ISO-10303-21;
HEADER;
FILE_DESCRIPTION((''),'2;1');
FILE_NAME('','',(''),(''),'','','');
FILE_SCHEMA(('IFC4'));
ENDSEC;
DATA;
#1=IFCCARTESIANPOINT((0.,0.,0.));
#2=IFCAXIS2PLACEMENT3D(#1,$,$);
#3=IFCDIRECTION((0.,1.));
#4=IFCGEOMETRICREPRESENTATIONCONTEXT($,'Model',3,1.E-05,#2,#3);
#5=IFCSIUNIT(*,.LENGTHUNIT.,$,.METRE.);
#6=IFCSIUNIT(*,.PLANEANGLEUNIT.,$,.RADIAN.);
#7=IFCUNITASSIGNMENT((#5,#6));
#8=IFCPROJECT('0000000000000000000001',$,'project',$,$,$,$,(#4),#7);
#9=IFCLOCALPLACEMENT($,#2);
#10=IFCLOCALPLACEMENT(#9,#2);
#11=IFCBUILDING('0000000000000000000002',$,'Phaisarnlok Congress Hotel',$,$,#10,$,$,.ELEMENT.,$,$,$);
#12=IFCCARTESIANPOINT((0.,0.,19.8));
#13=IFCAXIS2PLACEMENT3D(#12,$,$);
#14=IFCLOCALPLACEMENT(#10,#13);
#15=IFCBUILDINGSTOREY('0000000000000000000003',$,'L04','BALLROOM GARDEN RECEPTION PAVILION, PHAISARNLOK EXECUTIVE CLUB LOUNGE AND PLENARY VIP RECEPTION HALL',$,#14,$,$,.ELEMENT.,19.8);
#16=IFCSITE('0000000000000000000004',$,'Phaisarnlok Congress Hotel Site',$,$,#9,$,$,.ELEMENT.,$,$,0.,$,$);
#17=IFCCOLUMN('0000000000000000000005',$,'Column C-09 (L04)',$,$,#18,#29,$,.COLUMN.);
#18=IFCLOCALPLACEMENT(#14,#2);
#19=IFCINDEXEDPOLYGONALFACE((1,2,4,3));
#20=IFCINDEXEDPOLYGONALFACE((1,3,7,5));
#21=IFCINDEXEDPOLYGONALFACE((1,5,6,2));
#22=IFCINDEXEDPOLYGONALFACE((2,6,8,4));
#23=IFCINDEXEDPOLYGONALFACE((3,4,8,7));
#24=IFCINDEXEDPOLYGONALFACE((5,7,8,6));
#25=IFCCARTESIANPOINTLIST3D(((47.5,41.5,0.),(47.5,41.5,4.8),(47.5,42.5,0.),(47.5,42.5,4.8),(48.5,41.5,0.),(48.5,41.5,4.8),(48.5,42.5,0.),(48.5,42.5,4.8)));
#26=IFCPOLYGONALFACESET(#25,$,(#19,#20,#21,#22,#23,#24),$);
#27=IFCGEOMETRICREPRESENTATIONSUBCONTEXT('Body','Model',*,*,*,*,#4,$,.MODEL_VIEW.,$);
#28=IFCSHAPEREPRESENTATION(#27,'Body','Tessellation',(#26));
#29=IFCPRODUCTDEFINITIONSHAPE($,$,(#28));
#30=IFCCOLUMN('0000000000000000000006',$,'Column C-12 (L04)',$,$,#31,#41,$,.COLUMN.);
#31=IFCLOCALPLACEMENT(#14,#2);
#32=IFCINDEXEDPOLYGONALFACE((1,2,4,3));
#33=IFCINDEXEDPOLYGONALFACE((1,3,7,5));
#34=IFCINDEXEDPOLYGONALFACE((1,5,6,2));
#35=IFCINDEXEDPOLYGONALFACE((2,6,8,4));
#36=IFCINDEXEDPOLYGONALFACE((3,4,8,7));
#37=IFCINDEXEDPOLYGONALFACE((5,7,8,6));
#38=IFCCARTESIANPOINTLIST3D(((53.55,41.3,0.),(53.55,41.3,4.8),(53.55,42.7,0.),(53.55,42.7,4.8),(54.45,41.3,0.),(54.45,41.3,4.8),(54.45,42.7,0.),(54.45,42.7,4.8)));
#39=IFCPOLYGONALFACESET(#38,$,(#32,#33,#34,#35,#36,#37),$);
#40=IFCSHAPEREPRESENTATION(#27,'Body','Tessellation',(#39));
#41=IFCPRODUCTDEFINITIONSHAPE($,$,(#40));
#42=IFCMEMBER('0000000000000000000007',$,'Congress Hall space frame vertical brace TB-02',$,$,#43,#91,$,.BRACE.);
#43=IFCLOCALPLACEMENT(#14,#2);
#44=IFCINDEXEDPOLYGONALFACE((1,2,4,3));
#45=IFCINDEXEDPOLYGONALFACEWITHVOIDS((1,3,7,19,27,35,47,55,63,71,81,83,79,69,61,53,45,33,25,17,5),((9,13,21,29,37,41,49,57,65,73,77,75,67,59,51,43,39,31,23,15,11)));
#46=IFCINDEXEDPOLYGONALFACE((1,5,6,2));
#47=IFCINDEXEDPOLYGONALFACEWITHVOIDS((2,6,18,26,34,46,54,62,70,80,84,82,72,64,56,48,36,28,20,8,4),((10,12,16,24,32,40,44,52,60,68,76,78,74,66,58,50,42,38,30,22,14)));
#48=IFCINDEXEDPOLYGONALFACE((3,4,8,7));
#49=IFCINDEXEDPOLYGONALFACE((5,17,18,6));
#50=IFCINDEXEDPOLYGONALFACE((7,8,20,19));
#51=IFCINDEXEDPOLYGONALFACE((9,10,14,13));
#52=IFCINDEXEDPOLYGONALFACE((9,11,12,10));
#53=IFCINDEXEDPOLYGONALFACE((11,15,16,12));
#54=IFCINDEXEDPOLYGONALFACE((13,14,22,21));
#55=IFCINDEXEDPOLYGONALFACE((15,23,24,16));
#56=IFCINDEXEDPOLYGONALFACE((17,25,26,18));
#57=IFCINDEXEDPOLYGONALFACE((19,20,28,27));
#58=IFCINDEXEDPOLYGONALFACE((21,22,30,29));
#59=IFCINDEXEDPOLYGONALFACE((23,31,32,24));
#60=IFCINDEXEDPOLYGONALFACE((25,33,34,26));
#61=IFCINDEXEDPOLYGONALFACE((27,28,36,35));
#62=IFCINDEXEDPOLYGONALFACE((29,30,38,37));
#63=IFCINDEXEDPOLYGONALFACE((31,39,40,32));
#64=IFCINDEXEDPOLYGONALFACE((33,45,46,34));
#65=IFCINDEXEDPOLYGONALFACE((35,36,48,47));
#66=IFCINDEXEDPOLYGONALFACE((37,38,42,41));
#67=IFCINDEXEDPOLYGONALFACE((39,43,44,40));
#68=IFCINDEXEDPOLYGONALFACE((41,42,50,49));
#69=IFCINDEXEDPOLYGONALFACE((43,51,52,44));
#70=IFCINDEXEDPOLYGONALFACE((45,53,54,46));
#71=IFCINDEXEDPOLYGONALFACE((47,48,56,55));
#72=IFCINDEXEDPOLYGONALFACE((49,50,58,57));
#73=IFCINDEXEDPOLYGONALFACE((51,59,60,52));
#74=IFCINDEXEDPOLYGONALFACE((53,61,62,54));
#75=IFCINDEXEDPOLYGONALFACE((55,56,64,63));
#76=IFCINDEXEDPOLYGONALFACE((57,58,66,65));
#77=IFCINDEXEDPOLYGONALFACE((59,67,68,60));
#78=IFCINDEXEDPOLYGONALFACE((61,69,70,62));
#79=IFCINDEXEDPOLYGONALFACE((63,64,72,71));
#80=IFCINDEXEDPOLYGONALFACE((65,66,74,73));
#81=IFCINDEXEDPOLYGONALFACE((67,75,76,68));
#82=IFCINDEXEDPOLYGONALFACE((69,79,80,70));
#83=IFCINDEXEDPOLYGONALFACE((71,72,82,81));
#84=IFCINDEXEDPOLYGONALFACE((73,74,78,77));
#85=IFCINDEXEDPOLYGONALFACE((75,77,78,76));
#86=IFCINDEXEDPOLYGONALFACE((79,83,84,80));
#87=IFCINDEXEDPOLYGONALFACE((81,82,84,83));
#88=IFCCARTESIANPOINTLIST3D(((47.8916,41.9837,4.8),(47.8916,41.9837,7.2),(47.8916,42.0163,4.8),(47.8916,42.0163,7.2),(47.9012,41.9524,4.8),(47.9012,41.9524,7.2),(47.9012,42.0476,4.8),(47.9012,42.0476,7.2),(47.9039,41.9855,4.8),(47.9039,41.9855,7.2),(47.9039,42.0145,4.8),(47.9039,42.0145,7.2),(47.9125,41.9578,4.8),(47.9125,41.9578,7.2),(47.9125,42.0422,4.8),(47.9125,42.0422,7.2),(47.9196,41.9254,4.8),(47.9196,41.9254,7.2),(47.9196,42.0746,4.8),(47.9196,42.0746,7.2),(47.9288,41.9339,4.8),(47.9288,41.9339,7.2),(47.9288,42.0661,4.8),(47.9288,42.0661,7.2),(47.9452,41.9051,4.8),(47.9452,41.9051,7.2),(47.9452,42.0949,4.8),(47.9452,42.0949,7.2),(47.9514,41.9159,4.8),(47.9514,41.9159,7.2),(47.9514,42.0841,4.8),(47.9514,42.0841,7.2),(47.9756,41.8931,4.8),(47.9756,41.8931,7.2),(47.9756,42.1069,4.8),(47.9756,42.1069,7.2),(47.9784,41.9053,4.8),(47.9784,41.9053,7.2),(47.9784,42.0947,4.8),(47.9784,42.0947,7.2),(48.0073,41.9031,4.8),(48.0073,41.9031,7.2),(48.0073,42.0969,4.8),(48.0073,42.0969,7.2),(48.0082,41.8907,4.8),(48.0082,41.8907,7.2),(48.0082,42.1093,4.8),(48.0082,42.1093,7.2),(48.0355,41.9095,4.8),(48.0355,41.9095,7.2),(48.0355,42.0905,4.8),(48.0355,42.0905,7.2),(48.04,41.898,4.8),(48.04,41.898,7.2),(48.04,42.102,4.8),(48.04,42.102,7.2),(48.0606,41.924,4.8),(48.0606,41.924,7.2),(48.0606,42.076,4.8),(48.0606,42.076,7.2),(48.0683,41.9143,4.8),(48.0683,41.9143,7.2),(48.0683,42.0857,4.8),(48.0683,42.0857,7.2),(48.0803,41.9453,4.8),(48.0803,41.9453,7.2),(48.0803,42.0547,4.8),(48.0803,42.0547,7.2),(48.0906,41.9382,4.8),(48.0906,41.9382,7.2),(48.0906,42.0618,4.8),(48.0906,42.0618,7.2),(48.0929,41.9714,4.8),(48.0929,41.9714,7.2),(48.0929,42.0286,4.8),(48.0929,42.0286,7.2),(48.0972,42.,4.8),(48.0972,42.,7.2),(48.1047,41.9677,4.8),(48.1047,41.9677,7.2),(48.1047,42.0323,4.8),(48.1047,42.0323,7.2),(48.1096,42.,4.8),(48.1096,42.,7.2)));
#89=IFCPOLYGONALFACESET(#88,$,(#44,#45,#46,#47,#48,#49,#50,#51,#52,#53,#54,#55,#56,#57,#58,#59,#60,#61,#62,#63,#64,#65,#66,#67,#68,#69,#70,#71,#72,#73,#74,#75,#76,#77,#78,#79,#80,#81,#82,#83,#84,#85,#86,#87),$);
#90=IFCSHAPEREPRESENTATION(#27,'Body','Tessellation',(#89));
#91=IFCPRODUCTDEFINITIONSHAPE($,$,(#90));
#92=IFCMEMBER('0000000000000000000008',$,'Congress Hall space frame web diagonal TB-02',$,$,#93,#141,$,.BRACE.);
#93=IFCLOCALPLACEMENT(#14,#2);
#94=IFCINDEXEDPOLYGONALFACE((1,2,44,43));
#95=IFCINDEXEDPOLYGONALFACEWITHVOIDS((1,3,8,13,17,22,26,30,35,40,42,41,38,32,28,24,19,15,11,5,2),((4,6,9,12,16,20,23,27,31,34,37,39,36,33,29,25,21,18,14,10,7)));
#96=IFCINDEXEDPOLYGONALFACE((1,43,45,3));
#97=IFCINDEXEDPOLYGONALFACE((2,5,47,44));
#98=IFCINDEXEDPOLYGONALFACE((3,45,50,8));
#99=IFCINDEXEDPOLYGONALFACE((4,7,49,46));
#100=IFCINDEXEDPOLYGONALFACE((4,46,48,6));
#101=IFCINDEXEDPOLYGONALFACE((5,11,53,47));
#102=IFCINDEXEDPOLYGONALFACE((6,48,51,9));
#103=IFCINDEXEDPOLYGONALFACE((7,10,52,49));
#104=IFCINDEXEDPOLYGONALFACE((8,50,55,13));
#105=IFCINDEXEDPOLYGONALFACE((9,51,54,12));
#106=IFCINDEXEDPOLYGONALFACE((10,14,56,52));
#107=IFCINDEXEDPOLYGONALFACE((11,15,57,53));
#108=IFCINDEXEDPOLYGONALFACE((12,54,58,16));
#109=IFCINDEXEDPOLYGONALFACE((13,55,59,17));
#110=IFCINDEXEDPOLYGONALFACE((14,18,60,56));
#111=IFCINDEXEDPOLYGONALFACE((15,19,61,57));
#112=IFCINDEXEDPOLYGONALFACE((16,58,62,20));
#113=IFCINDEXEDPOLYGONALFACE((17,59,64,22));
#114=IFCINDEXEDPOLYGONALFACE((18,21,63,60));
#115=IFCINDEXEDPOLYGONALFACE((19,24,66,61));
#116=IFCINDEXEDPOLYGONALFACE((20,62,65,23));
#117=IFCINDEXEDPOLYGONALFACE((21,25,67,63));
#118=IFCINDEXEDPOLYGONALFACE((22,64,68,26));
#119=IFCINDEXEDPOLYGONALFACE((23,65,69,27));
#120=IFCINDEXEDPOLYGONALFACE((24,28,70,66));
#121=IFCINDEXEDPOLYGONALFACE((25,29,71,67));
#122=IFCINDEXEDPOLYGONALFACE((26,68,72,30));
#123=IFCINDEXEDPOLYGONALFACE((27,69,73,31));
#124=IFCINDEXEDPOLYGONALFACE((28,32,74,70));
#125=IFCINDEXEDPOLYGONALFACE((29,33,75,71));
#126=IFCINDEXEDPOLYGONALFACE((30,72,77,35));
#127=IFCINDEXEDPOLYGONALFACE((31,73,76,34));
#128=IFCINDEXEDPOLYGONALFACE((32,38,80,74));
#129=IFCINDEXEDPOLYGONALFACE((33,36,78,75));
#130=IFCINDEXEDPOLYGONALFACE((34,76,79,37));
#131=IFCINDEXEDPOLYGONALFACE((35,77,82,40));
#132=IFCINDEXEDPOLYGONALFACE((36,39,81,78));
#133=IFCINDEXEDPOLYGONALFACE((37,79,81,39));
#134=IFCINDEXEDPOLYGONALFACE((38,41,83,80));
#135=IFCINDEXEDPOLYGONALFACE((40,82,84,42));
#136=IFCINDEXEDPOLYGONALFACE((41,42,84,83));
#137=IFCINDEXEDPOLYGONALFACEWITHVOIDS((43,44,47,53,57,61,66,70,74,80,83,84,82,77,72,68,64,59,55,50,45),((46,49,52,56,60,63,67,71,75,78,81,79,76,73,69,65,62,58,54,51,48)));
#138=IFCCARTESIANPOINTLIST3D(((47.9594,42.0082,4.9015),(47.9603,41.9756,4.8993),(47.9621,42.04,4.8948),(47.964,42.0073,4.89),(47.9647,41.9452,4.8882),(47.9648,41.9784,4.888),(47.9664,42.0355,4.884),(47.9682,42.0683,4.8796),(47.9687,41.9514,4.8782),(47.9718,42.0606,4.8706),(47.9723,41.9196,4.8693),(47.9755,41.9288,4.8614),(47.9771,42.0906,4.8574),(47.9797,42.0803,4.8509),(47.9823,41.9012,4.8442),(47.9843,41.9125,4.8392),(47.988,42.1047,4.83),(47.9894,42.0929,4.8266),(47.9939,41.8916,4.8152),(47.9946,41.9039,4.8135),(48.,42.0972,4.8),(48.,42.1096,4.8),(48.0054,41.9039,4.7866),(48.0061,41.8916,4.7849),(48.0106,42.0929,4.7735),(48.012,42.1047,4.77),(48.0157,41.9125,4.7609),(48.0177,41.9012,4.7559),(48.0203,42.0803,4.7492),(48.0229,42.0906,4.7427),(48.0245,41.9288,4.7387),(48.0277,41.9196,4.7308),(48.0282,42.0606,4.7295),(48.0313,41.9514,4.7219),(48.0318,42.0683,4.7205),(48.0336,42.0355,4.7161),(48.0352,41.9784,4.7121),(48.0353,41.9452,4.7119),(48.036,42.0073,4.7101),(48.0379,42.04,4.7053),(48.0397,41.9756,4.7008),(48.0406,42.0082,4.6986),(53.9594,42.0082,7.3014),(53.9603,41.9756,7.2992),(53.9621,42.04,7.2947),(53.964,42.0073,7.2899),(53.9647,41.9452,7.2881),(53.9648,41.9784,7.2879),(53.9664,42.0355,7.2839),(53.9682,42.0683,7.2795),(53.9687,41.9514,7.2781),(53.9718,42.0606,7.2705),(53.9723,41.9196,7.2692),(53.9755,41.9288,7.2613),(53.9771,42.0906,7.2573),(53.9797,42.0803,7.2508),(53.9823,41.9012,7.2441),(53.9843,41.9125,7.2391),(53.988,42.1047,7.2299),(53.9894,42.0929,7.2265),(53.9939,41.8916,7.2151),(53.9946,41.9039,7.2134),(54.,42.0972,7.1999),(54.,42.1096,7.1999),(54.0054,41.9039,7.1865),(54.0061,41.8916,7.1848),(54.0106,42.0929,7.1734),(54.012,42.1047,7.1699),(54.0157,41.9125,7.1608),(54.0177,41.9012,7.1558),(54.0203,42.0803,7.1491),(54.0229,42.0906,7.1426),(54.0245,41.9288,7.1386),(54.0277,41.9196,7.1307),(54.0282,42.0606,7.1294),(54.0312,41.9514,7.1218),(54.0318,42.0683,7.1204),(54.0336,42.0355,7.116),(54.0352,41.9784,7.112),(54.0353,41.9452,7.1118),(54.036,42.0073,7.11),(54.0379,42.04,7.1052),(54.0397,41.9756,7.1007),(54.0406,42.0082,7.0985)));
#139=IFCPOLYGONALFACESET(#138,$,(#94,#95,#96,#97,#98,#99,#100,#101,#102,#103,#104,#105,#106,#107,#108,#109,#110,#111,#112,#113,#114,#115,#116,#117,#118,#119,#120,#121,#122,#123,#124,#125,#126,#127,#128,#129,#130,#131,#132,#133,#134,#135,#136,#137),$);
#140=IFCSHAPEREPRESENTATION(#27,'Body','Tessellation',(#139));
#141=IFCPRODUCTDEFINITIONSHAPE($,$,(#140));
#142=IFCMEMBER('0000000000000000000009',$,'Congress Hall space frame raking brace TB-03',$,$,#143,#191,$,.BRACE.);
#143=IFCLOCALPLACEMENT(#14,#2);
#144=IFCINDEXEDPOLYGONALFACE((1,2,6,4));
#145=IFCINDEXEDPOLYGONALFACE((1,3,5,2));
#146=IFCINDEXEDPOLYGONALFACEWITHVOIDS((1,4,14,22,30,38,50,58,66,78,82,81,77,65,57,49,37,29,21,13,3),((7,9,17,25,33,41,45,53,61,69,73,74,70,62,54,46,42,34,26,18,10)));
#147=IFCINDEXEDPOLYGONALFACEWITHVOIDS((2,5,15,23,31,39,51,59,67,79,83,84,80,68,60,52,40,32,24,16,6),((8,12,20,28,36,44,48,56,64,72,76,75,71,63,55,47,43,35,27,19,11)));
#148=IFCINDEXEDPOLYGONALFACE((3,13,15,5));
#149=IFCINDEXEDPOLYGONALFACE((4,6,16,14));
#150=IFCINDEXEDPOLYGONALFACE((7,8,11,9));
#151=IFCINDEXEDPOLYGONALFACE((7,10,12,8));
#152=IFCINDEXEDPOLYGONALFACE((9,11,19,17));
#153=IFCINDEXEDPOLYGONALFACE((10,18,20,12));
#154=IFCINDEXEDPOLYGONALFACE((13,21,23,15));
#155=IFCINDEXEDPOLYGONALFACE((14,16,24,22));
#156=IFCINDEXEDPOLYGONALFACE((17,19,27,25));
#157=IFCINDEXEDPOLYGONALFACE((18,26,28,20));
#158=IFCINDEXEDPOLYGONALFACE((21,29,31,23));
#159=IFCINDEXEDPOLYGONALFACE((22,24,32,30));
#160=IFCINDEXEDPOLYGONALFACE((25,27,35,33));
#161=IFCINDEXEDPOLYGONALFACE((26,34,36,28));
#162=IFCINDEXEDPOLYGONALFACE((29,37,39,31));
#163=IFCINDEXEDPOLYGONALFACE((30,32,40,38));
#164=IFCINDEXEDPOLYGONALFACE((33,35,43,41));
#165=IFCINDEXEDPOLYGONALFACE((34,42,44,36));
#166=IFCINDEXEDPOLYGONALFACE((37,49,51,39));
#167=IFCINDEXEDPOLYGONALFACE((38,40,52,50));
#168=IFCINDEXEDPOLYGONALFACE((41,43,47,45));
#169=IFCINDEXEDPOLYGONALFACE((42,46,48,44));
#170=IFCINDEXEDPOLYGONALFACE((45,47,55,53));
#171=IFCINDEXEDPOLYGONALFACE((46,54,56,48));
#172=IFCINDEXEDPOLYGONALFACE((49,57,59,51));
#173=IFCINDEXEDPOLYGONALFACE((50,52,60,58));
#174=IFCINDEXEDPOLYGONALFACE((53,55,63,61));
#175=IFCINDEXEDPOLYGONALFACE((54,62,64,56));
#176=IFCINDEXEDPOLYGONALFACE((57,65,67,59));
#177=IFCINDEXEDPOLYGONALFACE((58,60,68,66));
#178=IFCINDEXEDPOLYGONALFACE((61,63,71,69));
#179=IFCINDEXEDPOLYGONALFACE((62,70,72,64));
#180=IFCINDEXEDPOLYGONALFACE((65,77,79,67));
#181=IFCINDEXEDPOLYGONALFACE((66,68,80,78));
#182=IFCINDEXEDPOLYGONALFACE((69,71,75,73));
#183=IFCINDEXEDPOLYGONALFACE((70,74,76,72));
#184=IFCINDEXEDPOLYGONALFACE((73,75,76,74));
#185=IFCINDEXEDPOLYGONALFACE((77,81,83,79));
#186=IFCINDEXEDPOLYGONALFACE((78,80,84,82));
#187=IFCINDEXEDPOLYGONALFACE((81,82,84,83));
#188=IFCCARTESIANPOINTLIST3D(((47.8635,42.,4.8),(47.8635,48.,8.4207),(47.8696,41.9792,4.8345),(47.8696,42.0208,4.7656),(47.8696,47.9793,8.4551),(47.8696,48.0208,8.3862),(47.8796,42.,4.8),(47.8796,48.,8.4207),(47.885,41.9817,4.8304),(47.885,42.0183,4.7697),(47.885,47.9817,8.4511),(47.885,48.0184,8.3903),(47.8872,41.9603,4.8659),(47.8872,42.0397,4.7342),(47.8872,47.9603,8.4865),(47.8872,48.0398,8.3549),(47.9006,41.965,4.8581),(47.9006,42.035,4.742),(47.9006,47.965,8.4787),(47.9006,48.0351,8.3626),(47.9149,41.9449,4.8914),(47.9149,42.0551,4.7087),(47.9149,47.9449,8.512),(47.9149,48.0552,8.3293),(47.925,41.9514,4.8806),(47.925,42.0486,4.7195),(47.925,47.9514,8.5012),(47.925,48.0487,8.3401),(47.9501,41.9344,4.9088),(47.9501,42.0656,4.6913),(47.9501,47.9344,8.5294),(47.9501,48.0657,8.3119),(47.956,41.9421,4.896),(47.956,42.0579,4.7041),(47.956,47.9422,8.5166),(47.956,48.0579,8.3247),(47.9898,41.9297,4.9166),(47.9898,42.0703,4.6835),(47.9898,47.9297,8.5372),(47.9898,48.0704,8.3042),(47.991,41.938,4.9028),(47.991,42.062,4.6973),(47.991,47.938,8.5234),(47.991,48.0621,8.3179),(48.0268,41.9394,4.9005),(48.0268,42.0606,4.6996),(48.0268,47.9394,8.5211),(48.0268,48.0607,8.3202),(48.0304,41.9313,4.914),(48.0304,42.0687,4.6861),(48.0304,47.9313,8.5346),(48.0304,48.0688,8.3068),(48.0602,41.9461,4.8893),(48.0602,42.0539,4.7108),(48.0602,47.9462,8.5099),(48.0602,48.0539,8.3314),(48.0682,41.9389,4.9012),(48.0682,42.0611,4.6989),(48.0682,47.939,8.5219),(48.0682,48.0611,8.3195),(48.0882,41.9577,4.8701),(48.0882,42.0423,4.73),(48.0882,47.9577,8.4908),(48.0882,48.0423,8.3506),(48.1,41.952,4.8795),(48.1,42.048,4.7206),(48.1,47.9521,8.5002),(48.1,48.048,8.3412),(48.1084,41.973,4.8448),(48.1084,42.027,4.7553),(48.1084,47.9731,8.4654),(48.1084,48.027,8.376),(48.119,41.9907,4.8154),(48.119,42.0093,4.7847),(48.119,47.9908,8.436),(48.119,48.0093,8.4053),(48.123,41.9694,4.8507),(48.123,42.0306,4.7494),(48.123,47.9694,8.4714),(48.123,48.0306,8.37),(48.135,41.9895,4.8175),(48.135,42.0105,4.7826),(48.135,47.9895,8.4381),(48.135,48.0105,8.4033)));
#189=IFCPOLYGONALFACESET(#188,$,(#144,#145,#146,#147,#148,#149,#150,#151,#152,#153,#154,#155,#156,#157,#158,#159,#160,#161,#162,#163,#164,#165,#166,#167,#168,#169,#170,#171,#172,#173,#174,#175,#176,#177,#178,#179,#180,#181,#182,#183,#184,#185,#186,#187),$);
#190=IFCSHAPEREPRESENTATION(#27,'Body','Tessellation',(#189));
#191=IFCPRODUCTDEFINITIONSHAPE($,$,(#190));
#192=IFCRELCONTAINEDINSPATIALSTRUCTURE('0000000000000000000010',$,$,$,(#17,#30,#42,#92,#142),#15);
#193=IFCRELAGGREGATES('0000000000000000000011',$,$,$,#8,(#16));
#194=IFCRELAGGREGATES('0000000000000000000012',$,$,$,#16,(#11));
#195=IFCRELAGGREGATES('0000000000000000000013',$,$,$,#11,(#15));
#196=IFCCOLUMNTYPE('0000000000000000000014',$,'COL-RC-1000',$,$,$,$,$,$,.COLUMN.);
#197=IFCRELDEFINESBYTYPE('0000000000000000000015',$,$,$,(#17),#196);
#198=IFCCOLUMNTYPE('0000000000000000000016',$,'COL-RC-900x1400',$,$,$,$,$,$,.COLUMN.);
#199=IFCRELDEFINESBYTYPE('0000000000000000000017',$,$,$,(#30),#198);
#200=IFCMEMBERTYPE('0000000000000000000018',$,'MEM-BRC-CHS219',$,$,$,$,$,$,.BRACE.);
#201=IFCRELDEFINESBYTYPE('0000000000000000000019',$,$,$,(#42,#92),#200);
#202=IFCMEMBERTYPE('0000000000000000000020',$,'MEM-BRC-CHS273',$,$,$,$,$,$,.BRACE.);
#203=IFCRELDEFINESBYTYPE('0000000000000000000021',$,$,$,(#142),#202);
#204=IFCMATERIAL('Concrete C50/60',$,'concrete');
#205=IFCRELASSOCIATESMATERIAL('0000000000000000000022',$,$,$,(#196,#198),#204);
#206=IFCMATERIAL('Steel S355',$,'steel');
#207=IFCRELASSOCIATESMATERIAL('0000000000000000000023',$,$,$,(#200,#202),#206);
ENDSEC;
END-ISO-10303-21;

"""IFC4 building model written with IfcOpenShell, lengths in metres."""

from ifc_helpers import new_model, si_unit, direction, frame, origin, origin_2d, place, context, subcontext, project, spatial, rectangle, hollow_circle, extrude, material, material_profile, profile_set, type_object, element, save


model = new_model("IFC4")

# Units and contexts
model_context = context("Model", 3, precision=1e-05, world=origin(), true_north=direction((0.0, 1.0)))
body_context = subcontext(model_context, "Body", "Model", "MODEL_VIEW")
ifc_project = project(units=[si_unit("LENGTHUNIT", "METRE"), si_unit("PLANEANGLEUNIT", "RADIAN")], contexts=[model_context])

# Site, building, storey
site_placement = place(None, origin())
site = spatial("IfcSite", under=ifc_project, at=site_placement, Name="Phaisarnlok Congress Hotel Site", CompositionType="ELEMENT", RefElevation=0.0)
building_placement = place(site_placement, origin())
building = spatial("IfcBuilding", under=site, at=building_placement, Name="Phaisarnlok Congress Hotel", CompositionType="ELEMENT")
storey_placement = place(building_placement, frame((0.0, 0.0, 19.8)))
storey = spatial("IfcBuildingStorey", under=building, at=storey_placement, Name="L04", Description="BALLROOM GARDEN RECEPTION PAVILION, PHAISARNLOK EXECUTIVE CLUB LOUNGE AND PLENARY VIP RECEPTION HALL", CompositionType="ELEMENT", Elevation=19.8)

# Columns
ifc_material_1 = material(Name="Concrete C50/60", Category="concrete")
ifc_material_profile_1 = material_profile(ifc_material_1, rectangle(XDim=1.0, YDim=1.0, at=origin_2d()), Name="RC 1000x1000")
ifc_profile_set_1 = profile_set([ifc_material_profile_1], Name="Concrete C50/60")
column_type_1 = type_object("IfcColumnType", Name="COL-RC-1000", PredefinedType="COLUMN", material=ifc_profile_set_1)
column_1_placement = place(storey_placement, frame((48.0, 42.0, 0.0), z_axis=(0.0, 0.0, 1.0), x_axis=(1.0, 0.0, 0.0)))
element("IfcColumn", 1, at=column_1_placement, inside=storey, type_object=column_type_1, Name="Column C-09 (L04)", PredefinedType="COLUMN", context=body_context, shape_type="SweptSolid", body=[
    extrude(rectangle(XDim=1.0, YDim=1.0, at=origin_2d()), origin(), (0.0, 0.0, 1.0), 4.8),
])
ifc_material_profile_2 = material_profile(ifc_material_1, rectangle(XDim=0.8999, YDim=1.3999, at=origin_2d()), Name="RC 900x1400")
ifc_profile_set_2 = profile_set([ifc_material_profile_2], Name="Concrete C50/60")
column_type_2 = type_object("IfcColumnType", Name="COL-RC-900x1400", PredefinedType="COLUMN", material=ifc_profile_set_2)
column_2_placement = place(storey_placement, frame((54.0, 42.0, 0.0), z_axis=(0.0, 0.0, 1.0), x_axis=(1.0, 0.0, 0.0)))
element("IfcColumn", 2, at=column_2_placement, inside=storey, type_object=column_type_2, Name="Column C-12 (L04)", PredefinedType="COLUMN", context=body_context, shape_type="SweptSolid", body=[
    extrude(rectangle(XDim=0.8999, YDim=1.3999, at=origin_2d()), origin(), (0.0, 0.0, 1.0), 4.8),
])

# Members
ifc_material_2 = material(Name="Steel S355", Category="steel")
ifc_material_profile_3 = material_profile(ifc_material_2, hollow_circle(Radius=0.1096, WallThickness=0.0125, at=origin_2d()), Name="CHS 219.1x12.5")
ifc_profile_set_3 = profile_set([ifc_material_profile_3], Name="Steel S355")
member_type_1 = type_object("IfcMemberType", Name="MEM-BRC-CHS219", PredefinedType="BRACE", material=ifc_profile_set_3)
member_1_placement = place(storey_placement, frame((48.0, 42.0, 4.8), z_axis=(0.0, 0.0, 1.0), x_axis=(1.0, 0.0, 0.0)))
element("IfcMember", 3, at=member_1_placement, inside=storey, type_object=member_type_1, Name="Congress Hall space frame vertical brace TB-02", PredefinedType="BRACE", context=body_context, shape_type="SweptSolid", body=[
    extrude(hollow_circle(Radius=0.1096, WallThickness=0.0125, at=origin_2d()), origin(), (0.0, 0.0, 1.0), 2.3999),
])
member_2_placement = place(storey_placement, frame((48.0, 42.0, 4.8), z_axis=(0.928482, 0.0, 0.371378), x_axis=(0.0, 1.0, 0.0)))
element("IfcMember", 4, at=member_2_placement, inside=storey, type_object=member_type_1, Name="Congress Hall space frame web diagonal TB-02", PredefinedType="BRACE", context=body_context, shape_type="SweptSolid", body=[
    extrude(hollow_circle(Radius=0.1096, WallThickness=0.0125, at=origin_2d()), origin(), (0.0, 0.0, 1.0), 6.4622),
])
ifc_material_profile_4 = material_profile(ifc_material_2, hollow_circle(Radius=0.1365, WallThickness=0.0161, at=origin_2d()), Name="CHS 273x16")
ifc_profile_set_4 = profile_set([ifc_material_profile_4], Name="Steel S355")
member_type_2 = type_object("IfcMemberType", Name="MEM-BRC-CHS273", PredefinedType="BRACE", material=ifc_profile_set_4)
member_3_placement = place(storey_placement, frame((48.0, 42.0, 4.8), z_axis=(0.0, 0.856193, 0.516656), x_axis=(-1.0, 0.0, 0.0)))
element("IfcMember", 5, at=member_3_placement, inside=storey, type_object=member_type_2, Name="Congress Hall space frame raking brace TB-03", PredefinedType="BRACE", context=body_context, shape_type="SweptSolid", body=[
    extrude(hollow_circle(Radius=0.1365, WallThickness=0.0161, at=origin_2d()), origin(), (0.0, 0.0, 1.0), 7.0078),
])

save(model, "model.ifc")
